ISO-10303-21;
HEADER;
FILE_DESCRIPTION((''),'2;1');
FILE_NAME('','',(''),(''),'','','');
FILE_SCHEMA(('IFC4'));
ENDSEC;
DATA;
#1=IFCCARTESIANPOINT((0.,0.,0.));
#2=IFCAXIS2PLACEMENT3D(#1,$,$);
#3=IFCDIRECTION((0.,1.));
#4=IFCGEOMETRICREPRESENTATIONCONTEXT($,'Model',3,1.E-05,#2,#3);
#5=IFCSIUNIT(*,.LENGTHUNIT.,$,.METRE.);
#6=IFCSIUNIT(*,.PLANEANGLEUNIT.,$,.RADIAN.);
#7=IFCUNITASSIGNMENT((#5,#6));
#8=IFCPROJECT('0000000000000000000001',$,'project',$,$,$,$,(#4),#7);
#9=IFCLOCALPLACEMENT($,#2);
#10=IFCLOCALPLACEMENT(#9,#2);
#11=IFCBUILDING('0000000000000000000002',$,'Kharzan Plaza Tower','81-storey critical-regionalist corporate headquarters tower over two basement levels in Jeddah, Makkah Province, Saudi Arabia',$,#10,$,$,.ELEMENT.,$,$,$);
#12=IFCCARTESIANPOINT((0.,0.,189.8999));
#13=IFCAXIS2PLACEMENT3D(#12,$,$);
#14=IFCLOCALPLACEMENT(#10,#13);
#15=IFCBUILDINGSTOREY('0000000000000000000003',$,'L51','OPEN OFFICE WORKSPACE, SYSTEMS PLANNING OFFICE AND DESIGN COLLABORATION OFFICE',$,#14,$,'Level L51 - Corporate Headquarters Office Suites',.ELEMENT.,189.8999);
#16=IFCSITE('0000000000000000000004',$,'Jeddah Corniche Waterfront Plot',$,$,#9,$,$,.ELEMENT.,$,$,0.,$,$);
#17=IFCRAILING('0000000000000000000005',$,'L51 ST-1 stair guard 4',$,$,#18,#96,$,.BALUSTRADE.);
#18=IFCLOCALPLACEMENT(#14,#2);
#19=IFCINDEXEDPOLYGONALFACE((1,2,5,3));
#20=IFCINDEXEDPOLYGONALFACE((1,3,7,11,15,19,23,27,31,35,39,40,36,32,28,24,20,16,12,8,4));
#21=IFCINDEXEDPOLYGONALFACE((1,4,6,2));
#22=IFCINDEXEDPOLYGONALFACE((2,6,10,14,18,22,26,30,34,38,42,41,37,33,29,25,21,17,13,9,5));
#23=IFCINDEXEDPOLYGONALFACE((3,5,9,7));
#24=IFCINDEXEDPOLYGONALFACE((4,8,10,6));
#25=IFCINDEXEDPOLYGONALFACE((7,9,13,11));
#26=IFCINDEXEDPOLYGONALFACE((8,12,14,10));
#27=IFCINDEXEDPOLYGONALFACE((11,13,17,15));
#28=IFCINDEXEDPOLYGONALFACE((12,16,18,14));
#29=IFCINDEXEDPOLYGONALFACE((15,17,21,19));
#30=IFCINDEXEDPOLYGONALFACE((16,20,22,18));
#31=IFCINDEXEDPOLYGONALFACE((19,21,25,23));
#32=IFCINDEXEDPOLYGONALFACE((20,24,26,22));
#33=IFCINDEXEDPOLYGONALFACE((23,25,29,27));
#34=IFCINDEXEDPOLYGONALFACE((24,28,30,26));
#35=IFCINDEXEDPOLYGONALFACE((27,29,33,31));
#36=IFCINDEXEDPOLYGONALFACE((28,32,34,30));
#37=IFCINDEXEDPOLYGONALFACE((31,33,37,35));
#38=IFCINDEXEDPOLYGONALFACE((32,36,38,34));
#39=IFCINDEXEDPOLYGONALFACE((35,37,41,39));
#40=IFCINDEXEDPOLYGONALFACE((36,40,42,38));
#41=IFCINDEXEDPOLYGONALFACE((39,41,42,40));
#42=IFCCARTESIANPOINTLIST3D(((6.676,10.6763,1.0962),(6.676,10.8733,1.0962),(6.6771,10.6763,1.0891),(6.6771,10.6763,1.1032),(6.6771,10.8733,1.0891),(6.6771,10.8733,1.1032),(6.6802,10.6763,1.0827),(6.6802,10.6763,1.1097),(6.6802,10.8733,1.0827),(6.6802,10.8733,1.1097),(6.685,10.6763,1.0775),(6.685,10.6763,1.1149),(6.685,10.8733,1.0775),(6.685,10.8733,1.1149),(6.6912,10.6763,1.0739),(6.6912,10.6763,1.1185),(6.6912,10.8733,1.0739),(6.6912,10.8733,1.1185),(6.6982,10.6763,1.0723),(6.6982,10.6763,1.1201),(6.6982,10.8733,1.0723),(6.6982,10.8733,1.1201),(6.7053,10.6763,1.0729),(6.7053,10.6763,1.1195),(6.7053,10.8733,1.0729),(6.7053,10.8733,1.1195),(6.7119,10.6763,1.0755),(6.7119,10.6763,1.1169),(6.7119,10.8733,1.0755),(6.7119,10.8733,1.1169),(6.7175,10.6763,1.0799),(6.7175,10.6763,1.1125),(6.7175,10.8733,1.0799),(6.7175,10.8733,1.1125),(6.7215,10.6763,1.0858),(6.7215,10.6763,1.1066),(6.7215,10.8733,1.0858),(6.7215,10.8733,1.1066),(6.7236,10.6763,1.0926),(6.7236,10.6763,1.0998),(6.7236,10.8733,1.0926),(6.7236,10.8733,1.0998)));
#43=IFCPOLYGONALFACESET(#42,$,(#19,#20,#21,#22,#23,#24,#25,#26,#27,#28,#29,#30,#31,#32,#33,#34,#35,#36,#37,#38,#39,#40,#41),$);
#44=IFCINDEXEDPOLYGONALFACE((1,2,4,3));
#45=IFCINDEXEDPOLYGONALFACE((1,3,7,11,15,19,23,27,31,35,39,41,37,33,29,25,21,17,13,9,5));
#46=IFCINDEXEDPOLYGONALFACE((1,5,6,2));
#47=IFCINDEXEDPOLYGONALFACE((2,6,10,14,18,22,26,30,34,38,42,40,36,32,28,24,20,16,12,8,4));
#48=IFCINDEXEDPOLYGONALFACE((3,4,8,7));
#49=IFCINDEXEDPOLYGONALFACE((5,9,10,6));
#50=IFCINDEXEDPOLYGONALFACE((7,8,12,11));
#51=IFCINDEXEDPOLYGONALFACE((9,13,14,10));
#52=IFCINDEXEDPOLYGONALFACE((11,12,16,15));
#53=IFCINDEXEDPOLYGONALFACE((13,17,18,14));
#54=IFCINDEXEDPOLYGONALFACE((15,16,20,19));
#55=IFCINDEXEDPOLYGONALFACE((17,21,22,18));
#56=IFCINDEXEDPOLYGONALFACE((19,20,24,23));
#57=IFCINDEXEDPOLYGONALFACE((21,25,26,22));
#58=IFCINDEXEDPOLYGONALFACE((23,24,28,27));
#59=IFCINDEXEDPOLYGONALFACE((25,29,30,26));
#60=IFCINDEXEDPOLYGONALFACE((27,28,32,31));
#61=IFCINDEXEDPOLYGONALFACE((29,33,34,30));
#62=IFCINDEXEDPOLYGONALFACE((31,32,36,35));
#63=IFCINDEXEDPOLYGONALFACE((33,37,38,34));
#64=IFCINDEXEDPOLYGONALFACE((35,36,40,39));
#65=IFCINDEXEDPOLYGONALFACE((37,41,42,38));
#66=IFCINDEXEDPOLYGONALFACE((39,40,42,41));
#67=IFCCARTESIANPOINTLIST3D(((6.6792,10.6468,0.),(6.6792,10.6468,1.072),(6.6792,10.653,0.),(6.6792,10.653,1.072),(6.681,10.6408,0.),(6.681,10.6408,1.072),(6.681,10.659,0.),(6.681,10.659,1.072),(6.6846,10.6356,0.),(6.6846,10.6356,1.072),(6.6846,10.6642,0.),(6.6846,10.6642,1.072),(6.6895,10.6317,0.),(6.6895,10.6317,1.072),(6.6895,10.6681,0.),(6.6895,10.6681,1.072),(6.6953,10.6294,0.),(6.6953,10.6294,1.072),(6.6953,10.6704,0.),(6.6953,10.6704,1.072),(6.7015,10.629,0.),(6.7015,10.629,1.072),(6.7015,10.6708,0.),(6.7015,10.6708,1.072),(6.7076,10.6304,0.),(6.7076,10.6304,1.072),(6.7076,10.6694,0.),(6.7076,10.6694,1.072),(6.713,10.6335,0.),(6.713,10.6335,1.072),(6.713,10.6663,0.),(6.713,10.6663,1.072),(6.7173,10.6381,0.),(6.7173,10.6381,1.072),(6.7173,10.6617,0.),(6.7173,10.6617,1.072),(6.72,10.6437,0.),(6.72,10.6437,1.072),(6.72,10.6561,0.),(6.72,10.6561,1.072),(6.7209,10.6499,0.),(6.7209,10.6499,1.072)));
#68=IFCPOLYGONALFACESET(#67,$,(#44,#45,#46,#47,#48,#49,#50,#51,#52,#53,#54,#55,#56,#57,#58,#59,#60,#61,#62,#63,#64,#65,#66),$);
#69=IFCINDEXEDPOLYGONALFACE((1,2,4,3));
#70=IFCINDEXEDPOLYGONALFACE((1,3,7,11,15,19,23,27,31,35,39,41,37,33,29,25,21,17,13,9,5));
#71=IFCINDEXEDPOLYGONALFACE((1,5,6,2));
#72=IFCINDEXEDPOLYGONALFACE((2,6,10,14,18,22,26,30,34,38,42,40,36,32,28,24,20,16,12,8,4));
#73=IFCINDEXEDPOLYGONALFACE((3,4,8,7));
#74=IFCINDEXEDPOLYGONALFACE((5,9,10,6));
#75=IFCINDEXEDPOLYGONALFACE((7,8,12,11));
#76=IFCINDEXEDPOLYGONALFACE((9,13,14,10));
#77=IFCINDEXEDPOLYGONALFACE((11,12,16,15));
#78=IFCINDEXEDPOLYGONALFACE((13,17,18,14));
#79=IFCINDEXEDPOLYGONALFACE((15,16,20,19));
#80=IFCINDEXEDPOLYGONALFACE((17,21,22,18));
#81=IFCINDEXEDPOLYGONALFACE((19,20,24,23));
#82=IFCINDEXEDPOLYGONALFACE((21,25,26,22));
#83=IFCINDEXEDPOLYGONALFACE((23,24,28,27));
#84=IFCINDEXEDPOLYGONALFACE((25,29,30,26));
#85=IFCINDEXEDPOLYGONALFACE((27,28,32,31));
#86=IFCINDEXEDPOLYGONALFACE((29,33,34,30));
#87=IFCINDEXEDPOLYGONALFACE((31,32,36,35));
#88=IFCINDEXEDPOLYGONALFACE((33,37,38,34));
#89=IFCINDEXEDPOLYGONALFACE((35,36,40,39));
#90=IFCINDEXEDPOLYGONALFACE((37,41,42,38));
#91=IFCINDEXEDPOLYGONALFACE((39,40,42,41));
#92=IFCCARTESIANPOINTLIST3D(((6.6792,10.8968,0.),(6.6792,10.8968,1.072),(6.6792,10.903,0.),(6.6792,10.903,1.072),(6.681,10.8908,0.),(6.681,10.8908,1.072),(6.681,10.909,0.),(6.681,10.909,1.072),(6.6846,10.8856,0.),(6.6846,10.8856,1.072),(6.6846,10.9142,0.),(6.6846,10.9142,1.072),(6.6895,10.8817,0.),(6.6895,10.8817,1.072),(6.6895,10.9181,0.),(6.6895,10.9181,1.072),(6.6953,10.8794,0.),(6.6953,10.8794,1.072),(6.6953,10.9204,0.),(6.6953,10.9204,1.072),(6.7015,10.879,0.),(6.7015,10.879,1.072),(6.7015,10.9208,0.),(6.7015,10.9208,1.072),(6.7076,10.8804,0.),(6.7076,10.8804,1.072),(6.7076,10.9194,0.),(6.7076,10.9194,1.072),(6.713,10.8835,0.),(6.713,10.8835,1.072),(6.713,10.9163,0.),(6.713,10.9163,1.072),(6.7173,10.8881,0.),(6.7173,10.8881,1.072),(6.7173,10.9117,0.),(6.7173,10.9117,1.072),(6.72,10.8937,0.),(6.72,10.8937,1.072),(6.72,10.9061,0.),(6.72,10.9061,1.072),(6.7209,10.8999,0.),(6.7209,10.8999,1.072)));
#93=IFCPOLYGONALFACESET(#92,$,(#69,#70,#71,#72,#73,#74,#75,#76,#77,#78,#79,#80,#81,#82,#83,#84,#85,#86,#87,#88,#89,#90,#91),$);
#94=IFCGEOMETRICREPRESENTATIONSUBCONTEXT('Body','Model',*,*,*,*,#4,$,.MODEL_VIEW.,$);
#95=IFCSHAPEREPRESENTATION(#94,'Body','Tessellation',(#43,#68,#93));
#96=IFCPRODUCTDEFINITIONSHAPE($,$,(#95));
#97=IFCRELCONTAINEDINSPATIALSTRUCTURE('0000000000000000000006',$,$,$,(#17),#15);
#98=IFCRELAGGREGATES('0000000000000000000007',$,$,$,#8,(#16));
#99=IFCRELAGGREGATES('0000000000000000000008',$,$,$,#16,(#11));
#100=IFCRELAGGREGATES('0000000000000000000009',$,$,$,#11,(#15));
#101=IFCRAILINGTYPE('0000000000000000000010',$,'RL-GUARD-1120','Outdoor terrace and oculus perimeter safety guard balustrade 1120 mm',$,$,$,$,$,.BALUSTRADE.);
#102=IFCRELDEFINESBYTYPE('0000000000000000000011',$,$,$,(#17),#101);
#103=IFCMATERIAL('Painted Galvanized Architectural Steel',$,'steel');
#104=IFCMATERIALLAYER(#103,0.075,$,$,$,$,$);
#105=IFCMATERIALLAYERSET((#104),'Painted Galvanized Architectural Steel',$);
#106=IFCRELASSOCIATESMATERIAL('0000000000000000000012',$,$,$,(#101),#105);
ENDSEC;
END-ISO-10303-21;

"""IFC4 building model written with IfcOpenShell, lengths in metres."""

from ifc_helpers import new_model, si_unit, direction, frame, origin, origin_2d, place, context, subcontext, project, spatial, circle, extrude, source, transform, mapped, material, layer, layer_set, type_object, element, save


model = new_model("IFC4")

# Units and contexts
model_context = context("Model", 3, precision=1e-05, world=origin(), true_north=direction((0.0, 1.0)))
body_context = subcontext(model_context, "Body", "Model", "MODEL_VIEW")
ifc_project = project(units=[si_unit("LENGTHUNIT", "METRE"), si_unit("PLANEANGLEUNIT", "RADIAN")], contexts=[model_context])

# Site, building, storey
site_placement = place(None, origin())
site = spatial("IfcSite", under=ifc_project, at=site_placement, Name="Jeddah Corniche Waterfront Plot", CompositionType="ELEMENT", RefElevation=0.0)
building_placement = place(site_placement, origin())
building = spatial("IfcBuilding", under=site, at=building_placement, Name="Kharzan Plaza Tower", Description="81-storey critical-regionalist corporate headquarters tower over two basement levels in Jeddah, Makkah Province, Saudi Arabia", CompositionType="ELEMENT")
storey_placement = place(building_placement, frame((0.0, 0.0, 189.8999)))
storey = spatial("IfcBuildingStorey", under=building, at=storey_placement, Name="L51", Description="OPEN OFFICE WORKSPACE, SYSTEMS PLANNING OFFICE AND DESIGN COLLABORATION OFFICE", LongName="Level L51 - Corporate Headquarters Office Suites", CompositionType="ELEMENT", Elevation=189.8999)

# Railing
ifc_material_1 = material(Name="Painted Galvanized Architectural Steel", Category="steel")
ifc_layer_1 = layer(ifc_material_1, 0.075)
ifc_layer_set_1 = layer_set([ifc_layer_1], Name="Painted Galvanized Architectural Steel")
railing_type_1 = type_object("IfcRailingType", Name="RL-GUARD-1120", Description="Outdoor terrace and oculus perimeter safety guard balustrade 1120 mm", PredefinedType="BALUSTRADE", material=ifc_layer_set_1)
shared_shape_1 = source(origin(), body_context, "Body", "SweptSolid", [
    extrude(circle(Radius=0.0239, at=origin_2d()), frame((0.0, 0.0264, 1.0962), z_axis=(0.0, 1.0, 0.0), x_axis=(-1.0, 0.0, 0.0)), (0.0, 0.0, 1.0), 0.197),
    extrude(circle(Radius=0.021, at=origin_2d()), origin(), (0.0, 0.0, 1.0), 1.072),
    extrude(circle(Radius=0.021, at=origin_2d()), frame((0.0, 0.25, 0.0)), (0.0, 0.0, 1.0), 1.072),
])
railing_1_placement = place(storey_placement, frame((6.7, 10.6499, 0.0)))
element("IfcRailing", 1, at=railing_1_placement, inside=storey, type_object=railing_type_1, Name="L51 ST-1 stair guard 4", PredefinedType="BALUSTRADE", context=body_context, shape_type="MappedRepresentation", body=[
    mapped(shared_shape_1, transform((0.0, 0.0, 0.0), x_axis=(1.0, 0.0, 0.0), y_axis=(0.0, 1.0, 0.0), z_axis=(0.0, 0.0, 1.0))),
])

save(model, "model.ifc")
